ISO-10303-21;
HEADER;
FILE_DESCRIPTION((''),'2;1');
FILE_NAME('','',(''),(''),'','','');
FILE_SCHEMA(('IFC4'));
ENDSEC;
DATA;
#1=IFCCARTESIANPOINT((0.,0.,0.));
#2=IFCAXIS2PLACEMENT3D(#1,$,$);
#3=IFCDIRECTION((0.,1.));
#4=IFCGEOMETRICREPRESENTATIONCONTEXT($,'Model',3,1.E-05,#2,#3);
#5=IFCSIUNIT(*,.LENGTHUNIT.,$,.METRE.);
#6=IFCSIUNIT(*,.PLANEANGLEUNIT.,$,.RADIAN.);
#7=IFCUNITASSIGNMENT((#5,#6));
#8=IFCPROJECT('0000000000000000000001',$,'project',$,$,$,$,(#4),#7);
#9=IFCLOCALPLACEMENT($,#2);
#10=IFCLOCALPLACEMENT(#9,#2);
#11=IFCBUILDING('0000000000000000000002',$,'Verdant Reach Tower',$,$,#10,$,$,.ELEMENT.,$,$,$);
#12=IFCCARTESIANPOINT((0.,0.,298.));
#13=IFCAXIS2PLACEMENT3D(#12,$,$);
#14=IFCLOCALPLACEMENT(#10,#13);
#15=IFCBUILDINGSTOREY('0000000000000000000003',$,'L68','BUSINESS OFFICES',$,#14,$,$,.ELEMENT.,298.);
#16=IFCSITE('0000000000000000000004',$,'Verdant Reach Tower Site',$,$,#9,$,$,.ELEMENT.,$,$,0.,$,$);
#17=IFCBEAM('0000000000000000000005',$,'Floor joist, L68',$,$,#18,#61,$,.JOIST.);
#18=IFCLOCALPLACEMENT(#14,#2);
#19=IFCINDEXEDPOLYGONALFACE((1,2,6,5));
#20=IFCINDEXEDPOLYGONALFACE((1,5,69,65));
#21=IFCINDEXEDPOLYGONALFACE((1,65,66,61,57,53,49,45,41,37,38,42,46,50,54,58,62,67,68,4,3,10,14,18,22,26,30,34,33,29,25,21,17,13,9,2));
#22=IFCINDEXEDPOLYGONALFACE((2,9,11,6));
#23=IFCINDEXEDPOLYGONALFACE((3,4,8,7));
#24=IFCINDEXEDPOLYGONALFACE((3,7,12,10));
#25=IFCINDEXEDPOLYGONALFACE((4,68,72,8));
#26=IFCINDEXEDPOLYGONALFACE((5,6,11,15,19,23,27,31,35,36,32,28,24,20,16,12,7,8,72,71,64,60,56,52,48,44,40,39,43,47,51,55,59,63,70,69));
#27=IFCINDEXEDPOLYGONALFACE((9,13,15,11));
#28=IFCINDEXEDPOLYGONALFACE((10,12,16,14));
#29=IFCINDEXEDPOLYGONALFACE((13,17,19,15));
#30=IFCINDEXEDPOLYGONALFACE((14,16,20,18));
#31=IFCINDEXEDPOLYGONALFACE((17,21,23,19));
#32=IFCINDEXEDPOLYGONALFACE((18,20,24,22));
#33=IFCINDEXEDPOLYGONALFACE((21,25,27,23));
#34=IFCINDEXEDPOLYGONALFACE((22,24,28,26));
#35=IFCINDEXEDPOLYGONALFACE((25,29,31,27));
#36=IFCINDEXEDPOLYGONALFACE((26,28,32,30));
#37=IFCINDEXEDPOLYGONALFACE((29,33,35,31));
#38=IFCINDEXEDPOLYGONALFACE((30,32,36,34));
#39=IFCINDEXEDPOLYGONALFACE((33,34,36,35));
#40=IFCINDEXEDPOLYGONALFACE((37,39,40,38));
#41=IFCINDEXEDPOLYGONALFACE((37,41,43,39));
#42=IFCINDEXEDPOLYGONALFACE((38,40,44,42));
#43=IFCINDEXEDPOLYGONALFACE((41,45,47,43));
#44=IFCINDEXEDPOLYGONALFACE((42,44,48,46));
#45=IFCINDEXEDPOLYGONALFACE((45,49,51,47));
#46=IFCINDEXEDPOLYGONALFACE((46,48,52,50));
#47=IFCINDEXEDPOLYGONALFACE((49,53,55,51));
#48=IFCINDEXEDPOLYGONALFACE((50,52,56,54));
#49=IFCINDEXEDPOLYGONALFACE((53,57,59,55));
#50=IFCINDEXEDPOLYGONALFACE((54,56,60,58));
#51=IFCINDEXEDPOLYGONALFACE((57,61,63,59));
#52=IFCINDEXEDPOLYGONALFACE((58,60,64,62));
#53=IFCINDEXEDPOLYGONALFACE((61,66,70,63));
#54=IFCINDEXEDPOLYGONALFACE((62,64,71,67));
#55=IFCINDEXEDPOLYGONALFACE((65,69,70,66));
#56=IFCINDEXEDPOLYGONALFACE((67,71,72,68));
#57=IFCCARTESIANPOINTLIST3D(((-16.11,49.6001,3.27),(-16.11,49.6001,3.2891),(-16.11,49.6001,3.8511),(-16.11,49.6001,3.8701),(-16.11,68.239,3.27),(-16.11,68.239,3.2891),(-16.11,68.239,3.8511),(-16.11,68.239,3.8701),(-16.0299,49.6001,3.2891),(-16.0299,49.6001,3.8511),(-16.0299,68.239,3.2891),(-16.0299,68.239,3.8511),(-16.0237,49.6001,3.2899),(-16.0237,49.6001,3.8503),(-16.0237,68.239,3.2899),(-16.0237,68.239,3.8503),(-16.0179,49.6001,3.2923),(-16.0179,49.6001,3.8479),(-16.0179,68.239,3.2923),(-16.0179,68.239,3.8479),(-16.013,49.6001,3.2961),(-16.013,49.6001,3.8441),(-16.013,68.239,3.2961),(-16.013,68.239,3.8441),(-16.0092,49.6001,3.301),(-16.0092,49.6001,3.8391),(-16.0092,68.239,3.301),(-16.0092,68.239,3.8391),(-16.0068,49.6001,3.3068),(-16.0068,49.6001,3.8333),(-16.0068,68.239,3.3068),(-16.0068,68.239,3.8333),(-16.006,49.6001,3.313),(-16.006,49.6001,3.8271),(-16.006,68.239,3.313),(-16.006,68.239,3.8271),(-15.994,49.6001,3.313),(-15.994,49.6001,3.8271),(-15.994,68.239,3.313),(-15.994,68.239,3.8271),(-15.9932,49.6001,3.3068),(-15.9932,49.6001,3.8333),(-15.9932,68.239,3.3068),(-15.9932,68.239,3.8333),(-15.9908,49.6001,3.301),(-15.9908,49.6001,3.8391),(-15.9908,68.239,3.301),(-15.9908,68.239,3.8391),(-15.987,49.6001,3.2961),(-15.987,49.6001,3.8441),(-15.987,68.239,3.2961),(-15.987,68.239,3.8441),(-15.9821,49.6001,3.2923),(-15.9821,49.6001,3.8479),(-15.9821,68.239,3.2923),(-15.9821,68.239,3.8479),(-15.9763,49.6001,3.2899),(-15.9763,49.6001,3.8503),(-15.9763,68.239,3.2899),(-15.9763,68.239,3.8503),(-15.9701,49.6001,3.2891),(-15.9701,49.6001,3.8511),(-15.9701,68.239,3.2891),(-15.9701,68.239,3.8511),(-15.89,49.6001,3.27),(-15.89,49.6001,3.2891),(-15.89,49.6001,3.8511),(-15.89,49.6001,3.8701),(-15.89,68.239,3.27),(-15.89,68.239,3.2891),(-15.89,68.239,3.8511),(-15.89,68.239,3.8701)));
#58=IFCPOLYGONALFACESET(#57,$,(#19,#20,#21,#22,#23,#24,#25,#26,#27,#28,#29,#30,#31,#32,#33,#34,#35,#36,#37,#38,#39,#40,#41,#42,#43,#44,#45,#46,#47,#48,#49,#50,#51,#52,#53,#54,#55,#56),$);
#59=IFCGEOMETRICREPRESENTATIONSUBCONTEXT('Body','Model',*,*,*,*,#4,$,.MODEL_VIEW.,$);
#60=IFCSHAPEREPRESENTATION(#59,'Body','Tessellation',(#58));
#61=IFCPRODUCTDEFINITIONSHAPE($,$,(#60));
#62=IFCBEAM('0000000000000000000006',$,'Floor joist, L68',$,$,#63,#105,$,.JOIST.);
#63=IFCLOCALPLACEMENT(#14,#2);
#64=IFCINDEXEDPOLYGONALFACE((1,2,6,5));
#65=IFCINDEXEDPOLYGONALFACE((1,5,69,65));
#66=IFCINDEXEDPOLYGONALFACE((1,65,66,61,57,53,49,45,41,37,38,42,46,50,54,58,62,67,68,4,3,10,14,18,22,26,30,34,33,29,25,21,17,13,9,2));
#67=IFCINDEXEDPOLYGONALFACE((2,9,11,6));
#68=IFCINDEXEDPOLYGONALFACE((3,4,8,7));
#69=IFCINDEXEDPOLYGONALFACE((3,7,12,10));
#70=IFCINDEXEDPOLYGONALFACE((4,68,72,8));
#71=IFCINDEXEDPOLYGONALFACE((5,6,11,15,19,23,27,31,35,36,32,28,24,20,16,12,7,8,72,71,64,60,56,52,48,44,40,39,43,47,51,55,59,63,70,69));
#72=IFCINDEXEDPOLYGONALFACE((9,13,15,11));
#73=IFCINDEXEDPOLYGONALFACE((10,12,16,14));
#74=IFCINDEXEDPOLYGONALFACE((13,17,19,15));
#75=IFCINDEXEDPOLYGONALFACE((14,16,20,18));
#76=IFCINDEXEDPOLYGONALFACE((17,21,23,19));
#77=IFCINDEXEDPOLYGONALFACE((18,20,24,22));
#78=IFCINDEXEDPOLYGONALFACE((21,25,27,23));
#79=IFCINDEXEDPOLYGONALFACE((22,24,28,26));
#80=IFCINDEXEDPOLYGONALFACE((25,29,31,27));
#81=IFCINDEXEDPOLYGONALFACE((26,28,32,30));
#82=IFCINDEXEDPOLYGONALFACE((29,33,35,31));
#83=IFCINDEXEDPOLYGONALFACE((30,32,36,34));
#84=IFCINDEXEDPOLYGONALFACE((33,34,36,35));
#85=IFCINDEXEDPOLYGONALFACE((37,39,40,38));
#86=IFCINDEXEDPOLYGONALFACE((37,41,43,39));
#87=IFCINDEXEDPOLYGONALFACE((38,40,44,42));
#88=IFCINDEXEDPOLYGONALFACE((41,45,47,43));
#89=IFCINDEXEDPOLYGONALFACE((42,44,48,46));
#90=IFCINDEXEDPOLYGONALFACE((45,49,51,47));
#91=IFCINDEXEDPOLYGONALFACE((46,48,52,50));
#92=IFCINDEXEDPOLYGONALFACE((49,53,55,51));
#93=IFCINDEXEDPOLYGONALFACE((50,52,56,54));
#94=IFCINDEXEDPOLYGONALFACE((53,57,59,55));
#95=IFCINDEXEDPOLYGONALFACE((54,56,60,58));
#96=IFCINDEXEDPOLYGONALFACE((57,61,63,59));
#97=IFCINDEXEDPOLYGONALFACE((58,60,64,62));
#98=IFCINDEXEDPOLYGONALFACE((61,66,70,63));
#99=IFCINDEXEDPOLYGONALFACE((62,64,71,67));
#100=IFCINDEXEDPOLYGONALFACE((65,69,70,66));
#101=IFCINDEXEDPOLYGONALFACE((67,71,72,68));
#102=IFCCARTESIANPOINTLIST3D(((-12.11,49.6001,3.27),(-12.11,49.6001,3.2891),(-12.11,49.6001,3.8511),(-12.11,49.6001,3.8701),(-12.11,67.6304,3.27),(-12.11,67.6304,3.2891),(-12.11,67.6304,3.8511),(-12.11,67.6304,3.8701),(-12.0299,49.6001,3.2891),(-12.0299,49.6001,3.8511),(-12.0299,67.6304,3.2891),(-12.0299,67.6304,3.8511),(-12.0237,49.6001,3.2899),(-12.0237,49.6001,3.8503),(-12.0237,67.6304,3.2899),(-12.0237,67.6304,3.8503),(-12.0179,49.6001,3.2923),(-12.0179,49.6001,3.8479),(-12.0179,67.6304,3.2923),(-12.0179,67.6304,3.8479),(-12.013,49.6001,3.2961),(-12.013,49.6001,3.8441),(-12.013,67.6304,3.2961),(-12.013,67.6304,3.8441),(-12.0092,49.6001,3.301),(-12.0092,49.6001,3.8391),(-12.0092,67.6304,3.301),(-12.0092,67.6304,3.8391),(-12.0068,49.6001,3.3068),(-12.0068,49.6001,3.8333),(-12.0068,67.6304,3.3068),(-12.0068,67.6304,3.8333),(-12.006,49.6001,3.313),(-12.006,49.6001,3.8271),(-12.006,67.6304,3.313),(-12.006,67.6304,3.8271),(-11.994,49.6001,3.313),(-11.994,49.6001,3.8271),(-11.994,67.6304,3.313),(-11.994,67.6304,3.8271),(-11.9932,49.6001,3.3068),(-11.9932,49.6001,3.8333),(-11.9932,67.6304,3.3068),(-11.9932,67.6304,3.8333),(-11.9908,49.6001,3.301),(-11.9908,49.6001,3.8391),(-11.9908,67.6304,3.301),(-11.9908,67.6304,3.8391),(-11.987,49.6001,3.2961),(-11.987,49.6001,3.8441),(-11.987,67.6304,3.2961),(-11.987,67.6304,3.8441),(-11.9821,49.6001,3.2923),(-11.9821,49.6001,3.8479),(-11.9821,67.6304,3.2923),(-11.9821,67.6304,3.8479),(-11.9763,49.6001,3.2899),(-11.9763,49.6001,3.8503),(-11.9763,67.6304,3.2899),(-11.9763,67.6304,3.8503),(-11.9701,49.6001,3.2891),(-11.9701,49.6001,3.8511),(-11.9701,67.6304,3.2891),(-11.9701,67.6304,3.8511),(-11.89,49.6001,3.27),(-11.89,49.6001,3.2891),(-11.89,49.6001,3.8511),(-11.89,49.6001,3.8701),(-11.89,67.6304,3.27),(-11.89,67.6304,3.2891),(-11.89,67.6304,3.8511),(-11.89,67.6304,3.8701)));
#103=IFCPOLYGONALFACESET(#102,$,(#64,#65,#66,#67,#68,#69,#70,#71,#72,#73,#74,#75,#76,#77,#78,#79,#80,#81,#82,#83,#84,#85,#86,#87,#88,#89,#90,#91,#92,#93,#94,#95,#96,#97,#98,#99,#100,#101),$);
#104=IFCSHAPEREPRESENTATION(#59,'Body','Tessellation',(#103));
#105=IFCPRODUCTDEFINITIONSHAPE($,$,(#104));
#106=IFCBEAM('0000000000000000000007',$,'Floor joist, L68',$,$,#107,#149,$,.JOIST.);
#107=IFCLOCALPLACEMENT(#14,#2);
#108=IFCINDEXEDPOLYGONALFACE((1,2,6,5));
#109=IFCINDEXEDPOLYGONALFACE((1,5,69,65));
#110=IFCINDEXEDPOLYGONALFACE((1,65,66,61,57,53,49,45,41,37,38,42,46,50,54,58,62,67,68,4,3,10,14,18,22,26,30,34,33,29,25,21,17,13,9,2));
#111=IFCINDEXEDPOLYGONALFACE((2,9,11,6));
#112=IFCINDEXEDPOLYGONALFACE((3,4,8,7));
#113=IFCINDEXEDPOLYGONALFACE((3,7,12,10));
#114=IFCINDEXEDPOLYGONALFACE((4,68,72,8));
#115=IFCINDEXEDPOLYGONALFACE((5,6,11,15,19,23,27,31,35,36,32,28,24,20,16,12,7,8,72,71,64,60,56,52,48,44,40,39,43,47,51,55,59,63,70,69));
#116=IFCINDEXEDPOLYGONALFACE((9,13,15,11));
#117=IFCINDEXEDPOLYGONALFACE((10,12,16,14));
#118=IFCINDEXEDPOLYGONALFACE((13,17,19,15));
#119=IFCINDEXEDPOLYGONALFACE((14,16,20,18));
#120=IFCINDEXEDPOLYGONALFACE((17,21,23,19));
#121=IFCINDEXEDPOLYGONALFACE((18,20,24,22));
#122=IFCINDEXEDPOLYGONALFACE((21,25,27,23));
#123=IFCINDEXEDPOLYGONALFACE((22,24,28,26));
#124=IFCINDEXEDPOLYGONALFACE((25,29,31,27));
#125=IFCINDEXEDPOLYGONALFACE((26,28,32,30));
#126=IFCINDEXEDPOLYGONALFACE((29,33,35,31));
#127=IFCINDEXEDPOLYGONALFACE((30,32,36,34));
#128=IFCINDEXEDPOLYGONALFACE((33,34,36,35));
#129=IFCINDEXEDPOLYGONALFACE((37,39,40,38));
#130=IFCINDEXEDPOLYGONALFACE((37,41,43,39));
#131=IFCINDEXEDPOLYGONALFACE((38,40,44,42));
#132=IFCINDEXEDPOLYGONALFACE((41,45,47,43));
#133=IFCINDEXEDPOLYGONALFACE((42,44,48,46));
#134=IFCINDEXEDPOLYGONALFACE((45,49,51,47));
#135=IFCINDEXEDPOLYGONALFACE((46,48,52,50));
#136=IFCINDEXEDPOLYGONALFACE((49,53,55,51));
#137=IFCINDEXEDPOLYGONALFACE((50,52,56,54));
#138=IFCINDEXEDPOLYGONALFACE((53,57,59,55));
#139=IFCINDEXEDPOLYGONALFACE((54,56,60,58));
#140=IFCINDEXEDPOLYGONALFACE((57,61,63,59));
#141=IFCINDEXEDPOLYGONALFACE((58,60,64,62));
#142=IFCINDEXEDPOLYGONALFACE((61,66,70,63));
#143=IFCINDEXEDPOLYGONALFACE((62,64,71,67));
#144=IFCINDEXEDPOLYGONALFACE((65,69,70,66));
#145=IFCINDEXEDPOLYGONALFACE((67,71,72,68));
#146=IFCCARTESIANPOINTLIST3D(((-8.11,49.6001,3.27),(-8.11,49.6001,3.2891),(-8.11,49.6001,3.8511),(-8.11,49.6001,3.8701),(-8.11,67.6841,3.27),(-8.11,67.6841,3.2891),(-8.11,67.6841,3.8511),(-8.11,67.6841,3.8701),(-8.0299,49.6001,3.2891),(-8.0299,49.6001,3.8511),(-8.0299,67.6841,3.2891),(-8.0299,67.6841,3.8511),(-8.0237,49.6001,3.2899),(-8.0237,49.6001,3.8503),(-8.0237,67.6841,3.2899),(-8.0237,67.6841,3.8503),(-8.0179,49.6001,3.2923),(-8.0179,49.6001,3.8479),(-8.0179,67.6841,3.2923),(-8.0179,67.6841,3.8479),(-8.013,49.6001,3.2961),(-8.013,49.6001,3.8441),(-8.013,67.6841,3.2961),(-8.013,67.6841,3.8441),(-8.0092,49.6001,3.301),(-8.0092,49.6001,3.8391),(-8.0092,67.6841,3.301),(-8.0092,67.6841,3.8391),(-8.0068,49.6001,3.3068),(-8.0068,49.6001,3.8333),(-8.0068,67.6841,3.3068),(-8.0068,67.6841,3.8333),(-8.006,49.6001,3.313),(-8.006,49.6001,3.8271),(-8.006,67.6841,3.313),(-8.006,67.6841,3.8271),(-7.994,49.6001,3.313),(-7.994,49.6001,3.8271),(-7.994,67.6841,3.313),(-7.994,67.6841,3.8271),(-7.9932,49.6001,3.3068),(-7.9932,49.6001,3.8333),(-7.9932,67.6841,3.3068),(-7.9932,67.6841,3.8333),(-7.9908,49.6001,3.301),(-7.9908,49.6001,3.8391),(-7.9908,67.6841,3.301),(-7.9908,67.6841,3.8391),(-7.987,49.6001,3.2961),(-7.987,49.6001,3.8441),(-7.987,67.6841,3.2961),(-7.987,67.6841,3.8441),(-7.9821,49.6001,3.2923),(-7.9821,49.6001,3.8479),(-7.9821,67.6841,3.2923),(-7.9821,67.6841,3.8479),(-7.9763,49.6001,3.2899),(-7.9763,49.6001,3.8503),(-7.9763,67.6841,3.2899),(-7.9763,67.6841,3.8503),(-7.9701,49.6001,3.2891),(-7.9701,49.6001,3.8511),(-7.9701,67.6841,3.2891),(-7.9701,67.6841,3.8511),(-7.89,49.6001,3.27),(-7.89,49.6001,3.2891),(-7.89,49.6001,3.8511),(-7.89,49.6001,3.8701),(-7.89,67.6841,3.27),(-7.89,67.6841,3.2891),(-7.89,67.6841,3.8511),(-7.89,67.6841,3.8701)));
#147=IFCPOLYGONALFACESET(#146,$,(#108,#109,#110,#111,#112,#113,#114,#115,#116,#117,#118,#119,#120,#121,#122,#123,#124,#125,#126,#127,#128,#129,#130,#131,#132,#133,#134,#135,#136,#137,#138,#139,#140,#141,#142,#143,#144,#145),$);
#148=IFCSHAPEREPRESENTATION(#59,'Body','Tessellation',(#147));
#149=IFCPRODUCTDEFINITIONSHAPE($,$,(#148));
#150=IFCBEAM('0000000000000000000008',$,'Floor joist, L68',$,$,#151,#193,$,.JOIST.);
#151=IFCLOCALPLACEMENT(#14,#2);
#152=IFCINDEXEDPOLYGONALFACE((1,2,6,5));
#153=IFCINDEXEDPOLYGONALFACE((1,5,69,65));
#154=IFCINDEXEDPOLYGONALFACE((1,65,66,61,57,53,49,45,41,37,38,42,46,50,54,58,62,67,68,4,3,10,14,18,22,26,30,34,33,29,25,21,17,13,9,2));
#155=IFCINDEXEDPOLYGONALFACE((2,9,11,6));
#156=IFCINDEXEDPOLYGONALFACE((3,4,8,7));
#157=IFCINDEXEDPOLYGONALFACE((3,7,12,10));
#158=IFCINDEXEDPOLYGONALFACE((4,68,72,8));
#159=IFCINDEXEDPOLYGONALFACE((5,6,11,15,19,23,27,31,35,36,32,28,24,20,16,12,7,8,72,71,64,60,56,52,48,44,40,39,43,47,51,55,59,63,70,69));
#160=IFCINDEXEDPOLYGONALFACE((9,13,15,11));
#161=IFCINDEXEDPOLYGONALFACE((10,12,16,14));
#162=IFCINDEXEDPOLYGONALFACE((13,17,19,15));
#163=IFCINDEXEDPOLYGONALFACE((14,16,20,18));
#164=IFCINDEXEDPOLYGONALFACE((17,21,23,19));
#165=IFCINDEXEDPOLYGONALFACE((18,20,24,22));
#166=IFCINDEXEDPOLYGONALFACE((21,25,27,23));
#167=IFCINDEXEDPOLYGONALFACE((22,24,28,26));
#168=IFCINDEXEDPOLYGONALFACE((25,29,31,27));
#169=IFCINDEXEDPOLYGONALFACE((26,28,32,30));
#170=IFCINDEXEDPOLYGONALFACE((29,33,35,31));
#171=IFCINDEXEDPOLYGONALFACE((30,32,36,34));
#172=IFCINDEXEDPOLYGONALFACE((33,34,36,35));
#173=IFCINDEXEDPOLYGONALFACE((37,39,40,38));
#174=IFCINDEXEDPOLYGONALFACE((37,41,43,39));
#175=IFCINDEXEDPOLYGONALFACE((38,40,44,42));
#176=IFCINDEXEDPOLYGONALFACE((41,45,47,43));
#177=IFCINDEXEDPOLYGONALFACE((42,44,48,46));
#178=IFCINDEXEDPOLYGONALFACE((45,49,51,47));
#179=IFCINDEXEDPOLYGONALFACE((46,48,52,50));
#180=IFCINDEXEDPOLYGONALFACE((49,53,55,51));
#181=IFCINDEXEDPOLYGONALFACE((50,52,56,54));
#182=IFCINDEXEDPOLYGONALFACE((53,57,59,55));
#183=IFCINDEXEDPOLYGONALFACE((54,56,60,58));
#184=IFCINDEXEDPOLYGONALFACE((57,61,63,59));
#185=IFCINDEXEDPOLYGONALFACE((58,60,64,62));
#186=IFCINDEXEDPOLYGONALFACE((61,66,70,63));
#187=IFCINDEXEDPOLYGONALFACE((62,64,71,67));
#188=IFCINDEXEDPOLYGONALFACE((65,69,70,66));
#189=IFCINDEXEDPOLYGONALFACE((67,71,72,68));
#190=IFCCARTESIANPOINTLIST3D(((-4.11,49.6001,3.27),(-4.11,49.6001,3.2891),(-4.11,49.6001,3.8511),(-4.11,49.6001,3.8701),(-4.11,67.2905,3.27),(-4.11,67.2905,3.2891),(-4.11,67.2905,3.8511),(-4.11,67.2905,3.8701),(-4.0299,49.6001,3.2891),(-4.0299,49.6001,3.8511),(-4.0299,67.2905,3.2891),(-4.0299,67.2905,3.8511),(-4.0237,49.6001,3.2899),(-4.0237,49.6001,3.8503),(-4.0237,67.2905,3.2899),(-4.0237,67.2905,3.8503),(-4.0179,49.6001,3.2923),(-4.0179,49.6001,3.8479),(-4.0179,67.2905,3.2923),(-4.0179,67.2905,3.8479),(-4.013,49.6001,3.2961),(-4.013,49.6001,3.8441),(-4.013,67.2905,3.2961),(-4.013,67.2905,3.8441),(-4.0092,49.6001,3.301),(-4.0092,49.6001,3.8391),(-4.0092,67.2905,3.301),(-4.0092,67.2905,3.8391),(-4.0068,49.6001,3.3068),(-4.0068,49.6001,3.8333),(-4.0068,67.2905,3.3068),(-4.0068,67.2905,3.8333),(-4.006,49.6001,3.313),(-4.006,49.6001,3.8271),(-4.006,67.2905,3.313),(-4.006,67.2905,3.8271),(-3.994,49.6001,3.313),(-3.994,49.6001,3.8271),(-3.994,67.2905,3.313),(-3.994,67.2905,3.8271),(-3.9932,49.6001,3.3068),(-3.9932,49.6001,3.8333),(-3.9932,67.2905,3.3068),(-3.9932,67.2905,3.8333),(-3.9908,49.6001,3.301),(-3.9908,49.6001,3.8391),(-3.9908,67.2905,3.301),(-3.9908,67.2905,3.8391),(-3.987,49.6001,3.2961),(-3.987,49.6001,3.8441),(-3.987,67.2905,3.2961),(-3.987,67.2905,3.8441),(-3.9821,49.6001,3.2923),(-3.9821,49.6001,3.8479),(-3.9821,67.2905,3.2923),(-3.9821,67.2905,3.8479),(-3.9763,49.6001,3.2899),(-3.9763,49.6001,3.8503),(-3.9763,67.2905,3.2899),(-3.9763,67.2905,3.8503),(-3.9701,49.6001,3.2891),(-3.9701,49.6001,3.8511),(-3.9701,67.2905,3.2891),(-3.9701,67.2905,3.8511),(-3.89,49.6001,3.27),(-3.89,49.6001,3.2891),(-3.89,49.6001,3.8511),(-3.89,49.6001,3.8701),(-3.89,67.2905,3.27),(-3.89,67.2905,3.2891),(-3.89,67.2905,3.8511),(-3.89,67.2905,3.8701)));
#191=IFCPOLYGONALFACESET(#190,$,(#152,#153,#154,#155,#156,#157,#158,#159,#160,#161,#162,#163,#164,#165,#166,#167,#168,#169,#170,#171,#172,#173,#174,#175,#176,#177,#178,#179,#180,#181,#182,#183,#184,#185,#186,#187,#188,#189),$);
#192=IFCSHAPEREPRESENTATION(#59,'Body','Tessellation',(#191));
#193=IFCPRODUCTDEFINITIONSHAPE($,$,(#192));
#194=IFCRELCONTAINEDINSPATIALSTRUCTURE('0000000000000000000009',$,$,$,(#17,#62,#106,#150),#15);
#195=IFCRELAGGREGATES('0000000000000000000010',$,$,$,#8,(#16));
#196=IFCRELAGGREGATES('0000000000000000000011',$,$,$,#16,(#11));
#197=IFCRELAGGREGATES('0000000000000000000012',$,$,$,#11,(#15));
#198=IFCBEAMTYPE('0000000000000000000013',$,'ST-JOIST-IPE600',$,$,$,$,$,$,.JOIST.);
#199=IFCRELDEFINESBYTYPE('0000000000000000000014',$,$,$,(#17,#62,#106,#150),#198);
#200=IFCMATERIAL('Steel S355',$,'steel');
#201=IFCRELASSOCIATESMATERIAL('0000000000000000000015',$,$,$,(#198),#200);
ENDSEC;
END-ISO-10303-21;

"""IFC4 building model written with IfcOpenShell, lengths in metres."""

from ifc_helpers import new_model, si_unit, direction, frame, origin, origin_2d, place, context, subcontext, project, spatial, i_section, extrude, material, material_profile, profile_set, type_object, element, save


model = new_model("IFC4")

# Units and contexts
model_context = context("Model", 3, precision=1e-05, world=origin(), true_north=direction((0.0, 1.0)))
body_context = subcontext(model_context, "Body", "Model", "MODEL_VIEW")
ifc_project = project(units=[si_unit("LENGTHUNIT", "METRE"), si_unit("PLANEANGLEUNIT", "RADIAN")], contexts=[model_context])

# Site, building, storey
site_placement = place(None, origin())
site = spatial("IfcSite", under=ifc_project, at=site_placement, Name="Verdant Reach Tower Site", CompositionType="ELEMENT", RefElevation=0.0)
building_placement = place(site_placement, origin())
building = spatial("IfcBuilding", under=site, at=building_placement, Name="Verdant Reach Tower", CompositionType="ELEMENT")
storey_placement = place(building_placement, frame((0.0, 0.0, 298.0)))
storey = spatial("IfcBuildingStorey", under=building, at=storey_placement, Name="L68", Description="BUSINESS OFFICES", CompositionType="ELEMENT", Elevation=298.0)

# Beams
ifc_material_1 = material(Name="Steel S355", Category="steel")
ifc_material_profile_1 = material_profile(ifc_material_1, i_section(OverallWidth=0.22, OverallDepth=0.6001, WebThickness=0.012, FlangeThickness=0.019, FilletRadius=0.0239, at=origin_2d()), Name="IPE 600")
ifc_profile_set_1 = profile_set([ifc_material_profile_1], Name="Steel S355")
beam_type_1 = type_object("IfcBeamType", Name="ST-JOIST-IPE600", PredefinedType="JOIST", material=ifc_profile_set_1)
beam_1_placement = place(storey_placement, frame((-16.0, 49.6001, 3.5701), z_axis=(0.0, 1.0, 0.0), x_axis=(-1.0, 0.0, 0.0)))
element("IfcBeam", 1, at=beam_1_placement, inside=storey, type_object=beam_type_1, Name="Floor joist, L68", PredefinedType="JOIST", context=body_context, shape_type="SweptSolid", body=[
    extrude(i_section(OverallWidth=0.22, OverallDepth=0.6001, WebThickness=0.012, FlangeThickness=0.019, FilletRadius=0.0239, at=origin_2d()), origin(), (0.0, 0.0, 1.0), 18.6389),
])
beam_2_placement = place(storey_placement, frame((-12.0, 49.6001, 3.5701), z_axis=(0.0, 1.0, 0.0), x_axis=(-1.0, 0.0, 0.0)))
element("IfcBeam", 2, at=beam_2_placement, inside=storey, type_object=beam_type_1, Name="Floor joist, L68", PredefinedType="JOIST", context=body_context, shape_type="SweptSolid", body=[
    extrude(i_section(OverallWidth=0.22, OverallDepth=0.6001, WebThickness=0.012, FlangeThickness=0.019, FilletRadius=0.0239, at=origin_2d()), origin(), (0.0, 0.0, 1.0), 18.0303),
])
beam_3_placement = place(storey_placement, frame((-8.0, 49.6001, 3.5701), z_axis=(0.0, 1.0, 0.0), x_axis=(-1.0, 0.0, 0.0)))
element("IfcBeam", 3, at=beam_3_placement, inside=storey, type_object=beam_type_1, Name="Floor joist, L68", PredefinedType="JOIST", context=body_context, shape_type="SweptSolid", body=[
    extrude(i_section(OverallWidth=0.22, OverallDepth=0.6001, WebThickness=0.012, FlangeThickness=0.019, FilletRadius=0.0239, at=origin_2d()), origin(), (0.0, 0.0, 1.0), 18.084),
])
beam_4_placement = place(storey_placement, frame((-4.0, 49.6001, 3.5701), z_axis=(0.0, 1.0, 0.0), x_axis=(-1.0, 0.0, 0.0)))
element("IfcBeam", 4, at=beam_4_placement, inside=storey, type_object=beam_type_1, Name="Floor joist, L68", PredefinedType="JOIST", context=body_context, shape_type="SweptSolid", body=[
    extrude(i_section(OverallWidth=0.22, OverallDepth=0.6001, WebThickness=0.012, FlangeThickness=0.019, FilletRadius=0.0239, at=origin_2d()), origin(), (0.0, 0.0, 1.0), 17.6904),
])

save(model, "model.ifc")
